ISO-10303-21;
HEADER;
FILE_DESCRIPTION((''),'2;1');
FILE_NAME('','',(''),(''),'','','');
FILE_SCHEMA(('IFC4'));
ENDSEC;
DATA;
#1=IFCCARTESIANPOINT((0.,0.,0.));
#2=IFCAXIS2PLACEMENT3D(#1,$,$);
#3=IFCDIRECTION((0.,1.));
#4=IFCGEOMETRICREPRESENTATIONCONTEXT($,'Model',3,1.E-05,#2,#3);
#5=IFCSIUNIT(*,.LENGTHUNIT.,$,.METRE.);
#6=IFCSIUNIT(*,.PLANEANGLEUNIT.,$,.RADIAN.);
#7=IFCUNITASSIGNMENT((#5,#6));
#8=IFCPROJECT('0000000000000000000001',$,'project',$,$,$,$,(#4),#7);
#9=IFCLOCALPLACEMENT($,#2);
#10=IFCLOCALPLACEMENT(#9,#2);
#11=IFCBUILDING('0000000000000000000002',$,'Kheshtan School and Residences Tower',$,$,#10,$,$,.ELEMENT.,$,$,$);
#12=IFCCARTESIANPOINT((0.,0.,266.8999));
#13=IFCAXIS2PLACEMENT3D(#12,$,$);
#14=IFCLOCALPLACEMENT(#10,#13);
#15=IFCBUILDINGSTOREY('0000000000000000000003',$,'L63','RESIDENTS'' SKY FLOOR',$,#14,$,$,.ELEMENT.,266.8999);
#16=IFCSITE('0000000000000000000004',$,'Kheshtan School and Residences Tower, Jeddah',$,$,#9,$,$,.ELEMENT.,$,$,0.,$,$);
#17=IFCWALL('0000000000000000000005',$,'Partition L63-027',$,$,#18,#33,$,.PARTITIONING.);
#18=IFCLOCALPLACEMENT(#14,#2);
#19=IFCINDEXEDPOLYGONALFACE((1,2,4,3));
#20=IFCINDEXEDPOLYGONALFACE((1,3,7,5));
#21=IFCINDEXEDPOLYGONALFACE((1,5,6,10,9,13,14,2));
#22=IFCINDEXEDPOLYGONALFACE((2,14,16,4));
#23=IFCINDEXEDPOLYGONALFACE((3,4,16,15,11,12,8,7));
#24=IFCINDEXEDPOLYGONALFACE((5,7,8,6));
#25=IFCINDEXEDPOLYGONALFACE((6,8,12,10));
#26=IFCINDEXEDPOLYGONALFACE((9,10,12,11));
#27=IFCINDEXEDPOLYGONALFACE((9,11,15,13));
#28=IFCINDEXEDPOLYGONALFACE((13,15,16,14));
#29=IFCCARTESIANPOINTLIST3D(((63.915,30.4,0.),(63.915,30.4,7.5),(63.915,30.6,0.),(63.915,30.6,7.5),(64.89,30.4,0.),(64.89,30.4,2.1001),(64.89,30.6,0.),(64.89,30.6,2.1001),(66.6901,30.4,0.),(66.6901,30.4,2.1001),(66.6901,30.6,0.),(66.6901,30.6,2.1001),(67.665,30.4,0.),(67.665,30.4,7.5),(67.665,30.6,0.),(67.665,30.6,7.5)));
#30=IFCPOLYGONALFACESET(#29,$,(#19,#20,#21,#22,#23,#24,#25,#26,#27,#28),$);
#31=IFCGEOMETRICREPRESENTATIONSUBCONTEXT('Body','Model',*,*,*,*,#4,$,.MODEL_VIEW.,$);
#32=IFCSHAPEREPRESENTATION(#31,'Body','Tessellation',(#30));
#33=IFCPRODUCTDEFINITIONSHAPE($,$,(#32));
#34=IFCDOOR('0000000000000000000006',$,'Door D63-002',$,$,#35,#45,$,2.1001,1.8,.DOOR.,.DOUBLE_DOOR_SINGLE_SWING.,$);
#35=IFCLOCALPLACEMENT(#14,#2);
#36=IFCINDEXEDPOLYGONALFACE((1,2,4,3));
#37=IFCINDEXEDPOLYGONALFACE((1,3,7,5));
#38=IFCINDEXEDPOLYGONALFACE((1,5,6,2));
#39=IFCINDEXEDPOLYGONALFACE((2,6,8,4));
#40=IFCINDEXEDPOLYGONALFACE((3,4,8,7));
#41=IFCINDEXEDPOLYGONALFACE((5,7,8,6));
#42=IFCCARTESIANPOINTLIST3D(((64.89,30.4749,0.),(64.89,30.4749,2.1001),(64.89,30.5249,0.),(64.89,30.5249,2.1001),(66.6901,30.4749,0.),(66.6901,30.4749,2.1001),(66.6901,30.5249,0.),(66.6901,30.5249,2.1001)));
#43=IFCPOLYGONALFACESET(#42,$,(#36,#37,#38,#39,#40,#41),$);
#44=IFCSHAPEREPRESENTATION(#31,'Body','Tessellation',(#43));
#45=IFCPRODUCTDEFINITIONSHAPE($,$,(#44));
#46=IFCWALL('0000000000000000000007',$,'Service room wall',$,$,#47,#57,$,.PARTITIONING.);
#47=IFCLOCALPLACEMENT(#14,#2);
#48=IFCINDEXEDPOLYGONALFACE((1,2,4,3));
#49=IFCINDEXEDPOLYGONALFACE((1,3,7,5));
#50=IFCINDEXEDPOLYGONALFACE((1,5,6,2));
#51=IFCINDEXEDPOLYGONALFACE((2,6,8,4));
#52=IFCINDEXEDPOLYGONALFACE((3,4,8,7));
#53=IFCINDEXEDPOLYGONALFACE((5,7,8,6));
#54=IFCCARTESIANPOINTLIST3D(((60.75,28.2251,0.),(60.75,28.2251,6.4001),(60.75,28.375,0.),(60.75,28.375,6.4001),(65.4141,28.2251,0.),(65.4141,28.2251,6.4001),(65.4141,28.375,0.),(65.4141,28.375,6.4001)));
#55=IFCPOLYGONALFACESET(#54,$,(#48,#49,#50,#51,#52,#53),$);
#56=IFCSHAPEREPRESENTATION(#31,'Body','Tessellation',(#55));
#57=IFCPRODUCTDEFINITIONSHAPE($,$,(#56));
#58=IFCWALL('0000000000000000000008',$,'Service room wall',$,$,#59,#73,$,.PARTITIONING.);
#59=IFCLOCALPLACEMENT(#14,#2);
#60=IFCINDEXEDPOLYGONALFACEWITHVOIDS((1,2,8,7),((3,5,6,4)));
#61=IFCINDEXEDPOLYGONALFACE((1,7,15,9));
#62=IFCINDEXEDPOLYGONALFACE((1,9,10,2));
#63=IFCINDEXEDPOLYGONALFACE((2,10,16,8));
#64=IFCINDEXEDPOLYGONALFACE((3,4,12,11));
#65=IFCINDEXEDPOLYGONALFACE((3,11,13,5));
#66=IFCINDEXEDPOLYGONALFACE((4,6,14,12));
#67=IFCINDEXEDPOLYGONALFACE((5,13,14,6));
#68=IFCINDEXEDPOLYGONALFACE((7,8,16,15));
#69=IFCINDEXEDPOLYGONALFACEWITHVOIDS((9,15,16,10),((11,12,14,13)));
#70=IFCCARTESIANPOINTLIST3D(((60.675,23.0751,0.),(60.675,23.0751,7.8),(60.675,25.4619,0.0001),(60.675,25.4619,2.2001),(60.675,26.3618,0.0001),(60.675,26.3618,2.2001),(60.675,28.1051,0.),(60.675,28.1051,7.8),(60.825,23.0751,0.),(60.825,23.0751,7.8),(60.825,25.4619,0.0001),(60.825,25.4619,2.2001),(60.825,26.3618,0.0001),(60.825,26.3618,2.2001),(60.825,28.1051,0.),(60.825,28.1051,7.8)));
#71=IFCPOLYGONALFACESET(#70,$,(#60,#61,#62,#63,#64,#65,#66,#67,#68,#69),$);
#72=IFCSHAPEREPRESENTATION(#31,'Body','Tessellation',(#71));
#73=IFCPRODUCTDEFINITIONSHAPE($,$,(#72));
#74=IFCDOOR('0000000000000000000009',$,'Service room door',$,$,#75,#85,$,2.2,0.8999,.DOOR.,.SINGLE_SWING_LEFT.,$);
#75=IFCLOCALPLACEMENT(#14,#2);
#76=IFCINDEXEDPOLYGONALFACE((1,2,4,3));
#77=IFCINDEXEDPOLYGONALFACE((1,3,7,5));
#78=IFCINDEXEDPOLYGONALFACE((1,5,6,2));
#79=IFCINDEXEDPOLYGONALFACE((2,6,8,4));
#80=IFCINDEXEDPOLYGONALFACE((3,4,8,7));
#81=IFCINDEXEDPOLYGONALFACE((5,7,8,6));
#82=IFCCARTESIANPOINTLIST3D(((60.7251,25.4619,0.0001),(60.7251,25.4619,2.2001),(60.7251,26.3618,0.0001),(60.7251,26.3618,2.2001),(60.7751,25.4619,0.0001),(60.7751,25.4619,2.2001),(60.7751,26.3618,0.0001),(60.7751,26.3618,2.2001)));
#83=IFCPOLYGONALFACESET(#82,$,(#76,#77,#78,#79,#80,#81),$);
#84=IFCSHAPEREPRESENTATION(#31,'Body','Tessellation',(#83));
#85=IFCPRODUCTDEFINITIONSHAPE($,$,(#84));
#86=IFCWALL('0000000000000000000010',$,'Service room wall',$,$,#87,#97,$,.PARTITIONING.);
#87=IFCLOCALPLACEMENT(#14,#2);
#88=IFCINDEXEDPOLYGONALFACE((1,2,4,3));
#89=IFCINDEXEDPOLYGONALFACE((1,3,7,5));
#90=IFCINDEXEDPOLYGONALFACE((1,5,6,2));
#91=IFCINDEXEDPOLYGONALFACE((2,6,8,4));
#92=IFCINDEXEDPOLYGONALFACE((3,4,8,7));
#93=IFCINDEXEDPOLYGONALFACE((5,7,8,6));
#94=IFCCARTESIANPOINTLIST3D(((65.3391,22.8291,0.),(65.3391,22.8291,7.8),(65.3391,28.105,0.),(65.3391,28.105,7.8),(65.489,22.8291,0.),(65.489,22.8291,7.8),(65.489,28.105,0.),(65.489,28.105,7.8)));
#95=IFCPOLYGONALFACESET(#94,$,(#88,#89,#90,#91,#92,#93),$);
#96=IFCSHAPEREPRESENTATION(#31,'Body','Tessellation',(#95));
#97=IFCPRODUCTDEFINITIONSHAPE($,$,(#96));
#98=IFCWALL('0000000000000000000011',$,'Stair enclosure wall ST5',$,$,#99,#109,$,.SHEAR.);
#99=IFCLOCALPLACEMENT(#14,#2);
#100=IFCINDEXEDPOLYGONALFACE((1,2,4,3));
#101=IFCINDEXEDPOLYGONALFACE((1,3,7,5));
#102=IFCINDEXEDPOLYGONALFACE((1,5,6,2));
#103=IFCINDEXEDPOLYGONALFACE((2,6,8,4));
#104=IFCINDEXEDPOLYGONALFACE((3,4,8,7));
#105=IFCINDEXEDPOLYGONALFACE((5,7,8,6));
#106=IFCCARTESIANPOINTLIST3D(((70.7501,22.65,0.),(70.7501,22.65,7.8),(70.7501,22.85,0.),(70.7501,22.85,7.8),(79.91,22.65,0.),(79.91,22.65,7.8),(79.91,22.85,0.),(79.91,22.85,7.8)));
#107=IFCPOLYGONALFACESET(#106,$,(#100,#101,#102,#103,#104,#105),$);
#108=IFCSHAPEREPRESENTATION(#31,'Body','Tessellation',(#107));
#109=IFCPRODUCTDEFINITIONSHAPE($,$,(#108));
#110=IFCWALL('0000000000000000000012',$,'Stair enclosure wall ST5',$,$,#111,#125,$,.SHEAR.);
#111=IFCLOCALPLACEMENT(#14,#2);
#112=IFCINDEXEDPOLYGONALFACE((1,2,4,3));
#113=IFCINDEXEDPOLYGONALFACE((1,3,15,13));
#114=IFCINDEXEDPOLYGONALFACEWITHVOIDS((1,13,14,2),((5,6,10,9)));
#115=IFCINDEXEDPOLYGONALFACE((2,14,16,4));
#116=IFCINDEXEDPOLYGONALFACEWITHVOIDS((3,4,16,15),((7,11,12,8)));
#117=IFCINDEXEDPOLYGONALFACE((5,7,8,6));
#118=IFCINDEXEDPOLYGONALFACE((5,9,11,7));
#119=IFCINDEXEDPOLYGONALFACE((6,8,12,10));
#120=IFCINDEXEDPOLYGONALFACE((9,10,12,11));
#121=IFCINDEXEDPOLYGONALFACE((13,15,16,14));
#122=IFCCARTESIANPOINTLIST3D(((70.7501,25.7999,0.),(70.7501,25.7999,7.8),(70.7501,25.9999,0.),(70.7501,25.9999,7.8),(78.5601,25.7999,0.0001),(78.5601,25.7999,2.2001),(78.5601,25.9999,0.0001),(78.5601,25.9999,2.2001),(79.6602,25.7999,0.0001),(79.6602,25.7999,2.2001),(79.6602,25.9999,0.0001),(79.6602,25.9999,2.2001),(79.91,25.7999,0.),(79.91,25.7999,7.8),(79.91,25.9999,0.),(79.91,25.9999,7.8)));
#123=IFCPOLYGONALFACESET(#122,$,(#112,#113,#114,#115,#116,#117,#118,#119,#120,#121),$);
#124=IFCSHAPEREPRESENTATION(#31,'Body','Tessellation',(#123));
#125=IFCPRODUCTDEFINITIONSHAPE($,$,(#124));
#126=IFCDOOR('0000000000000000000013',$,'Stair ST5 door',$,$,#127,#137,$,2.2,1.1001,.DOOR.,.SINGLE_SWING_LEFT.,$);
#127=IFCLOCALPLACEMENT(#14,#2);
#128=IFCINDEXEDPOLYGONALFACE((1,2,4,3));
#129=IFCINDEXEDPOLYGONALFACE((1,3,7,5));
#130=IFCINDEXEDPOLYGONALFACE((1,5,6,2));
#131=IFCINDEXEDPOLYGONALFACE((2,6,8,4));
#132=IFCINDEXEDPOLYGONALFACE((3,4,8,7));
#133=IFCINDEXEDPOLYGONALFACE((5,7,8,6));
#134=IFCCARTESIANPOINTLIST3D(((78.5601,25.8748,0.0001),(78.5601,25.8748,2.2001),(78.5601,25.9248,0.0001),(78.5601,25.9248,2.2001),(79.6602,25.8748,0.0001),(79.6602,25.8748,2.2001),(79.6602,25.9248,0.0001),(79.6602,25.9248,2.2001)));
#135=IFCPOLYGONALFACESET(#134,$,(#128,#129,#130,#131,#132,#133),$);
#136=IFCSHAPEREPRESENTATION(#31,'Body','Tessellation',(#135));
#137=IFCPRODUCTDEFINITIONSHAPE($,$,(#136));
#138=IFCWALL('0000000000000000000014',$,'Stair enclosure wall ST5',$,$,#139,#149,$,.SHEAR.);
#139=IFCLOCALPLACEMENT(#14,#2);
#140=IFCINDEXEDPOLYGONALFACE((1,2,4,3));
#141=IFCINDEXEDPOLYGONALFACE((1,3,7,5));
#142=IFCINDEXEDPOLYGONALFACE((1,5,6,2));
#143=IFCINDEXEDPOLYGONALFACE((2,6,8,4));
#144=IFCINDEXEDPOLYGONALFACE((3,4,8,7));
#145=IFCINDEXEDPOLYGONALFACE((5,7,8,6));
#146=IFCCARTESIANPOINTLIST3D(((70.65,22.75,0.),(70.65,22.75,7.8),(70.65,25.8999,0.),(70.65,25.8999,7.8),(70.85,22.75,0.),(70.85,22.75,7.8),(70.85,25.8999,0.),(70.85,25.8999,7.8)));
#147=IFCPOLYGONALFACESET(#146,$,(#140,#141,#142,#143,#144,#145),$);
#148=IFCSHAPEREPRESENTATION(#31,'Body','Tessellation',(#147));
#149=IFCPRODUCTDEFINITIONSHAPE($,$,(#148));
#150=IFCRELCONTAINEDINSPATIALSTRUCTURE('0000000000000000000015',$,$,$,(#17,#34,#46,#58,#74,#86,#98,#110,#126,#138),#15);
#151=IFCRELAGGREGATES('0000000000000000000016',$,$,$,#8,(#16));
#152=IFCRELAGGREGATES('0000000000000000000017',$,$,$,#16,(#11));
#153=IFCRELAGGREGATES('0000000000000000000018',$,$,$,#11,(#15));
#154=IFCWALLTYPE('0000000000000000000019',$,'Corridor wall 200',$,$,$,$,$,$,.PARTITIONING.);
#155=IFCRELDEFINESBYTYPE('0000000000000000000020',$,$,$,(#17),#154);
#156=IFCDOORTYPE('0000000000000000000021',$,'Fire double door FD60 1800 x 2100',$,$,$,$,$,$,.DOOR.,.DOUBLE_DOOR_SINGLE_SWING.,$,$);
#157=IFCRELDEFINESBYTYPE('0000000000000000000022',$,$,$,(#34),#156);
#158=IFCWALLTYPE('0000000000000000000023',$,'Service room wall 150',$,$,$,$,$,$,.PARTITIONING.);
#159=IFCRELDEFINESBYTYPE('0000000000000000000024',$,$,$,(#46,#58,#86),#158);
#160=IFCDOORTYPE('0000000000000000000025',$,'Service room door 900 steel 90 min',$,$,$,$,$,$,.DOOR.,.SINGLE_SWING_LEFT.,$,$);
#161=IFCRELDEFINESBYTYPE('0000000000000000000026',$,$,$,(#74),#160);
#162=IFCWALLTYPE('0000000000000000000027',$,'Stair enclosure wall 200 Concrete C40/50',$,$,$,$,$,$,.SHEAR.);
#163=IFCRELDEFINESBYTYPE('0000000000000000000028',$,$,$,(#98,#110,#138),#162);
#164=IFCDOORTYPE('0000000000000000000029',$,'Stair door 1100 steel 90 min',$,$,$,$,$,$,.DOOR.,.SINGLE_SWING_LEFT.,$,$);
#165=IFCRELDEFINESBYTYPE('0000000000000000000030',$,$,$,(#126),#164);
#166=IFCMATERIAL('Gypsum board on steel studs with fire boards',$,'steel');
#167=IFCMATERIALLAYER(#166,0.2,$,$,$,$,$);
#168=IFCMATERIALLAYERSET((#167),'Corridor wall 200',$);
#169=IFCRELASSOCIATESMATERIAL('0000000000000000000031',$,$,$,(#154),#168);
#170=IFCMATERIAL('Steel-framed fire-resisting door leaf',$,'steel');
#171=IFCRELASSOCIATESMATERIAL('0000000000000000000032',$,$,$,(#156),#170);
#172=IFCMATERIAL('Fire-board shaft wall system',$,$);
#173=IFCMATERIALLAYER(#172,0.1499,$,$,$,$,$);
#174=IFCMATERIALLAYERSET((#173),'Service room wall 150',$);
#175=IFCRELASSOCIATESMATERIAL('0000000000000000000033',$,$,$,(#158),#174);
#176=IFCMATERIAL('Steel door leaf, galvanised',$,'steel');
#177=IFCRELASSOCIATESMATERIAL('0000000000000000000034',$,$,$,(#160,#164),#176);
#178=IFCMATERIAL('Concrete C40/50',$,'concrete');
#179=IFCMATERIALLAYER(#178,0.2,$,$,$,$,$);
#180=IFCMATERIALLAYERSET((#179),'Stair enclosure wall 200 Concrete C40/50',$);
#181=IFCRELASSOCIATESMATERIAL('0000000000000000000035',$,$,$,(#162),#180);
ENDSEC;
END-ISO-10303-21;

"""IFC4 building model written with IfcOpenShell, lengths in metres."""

from ifc_helpers import new_model, si_unit, direction, frame, frame_2d, origin, place, context, subcontext, project, spatial, rectangle, extrude, source, transform, mapped, material, layer, layer_set, type_object, element, fill, save


model = new_model("IFC4")

# Units and contexts
model_context = context("Model", 3, precision=1e-05, world=origin(), true_north=direction((0.0, 1.0)))
body_context = subcontext(model_context, "Body", "Model", "MODEL_VIEW")
ifc_project = project(units=[si_unit("LENGTHUNIT", "METRE"), si_unit("PLANEANGLEUNIT", "RADIAN")], contexts=[model_context])

# Site, building, storey
site_placement = place(None, origin())
site = spatial("IfcSite", under=ifc_project, at=site_placement, Name="Kheshtan School and Residences Tower, Jeddah", CompositionType="ELEMENT", RefElevation=0.0)
building_placement = place(site_placement, origin())
building = spatial("IfcBuilding", under=site, at=building_placement, Name="Kheshtan School and Residences Tower", CompositionType="ELEMENT")
storey_placement = place(building_placement, frame((0.0, 0.0, 266.8999)))
storey = spatial("IfcBuildingStorey", under=building, at=storey_placement, Name="L63", Description="RESIDENTS' SKY FLOOR", CompositionType="ELEMENT", Elevation=266.8999)

# Wall, opening, door
ifc_material_1 = material(Name="Gypsum board on steel studs with fire boards", Category="steel")
ifc_layer_1 = layer(ifc_material_1, 0.2)
ifc_layer_set_1 = layer_set([ifc_layer_1], Name="Corridor wall 200")
wall_type_1 = type_object("IfcWallType", Name="Corridor wall 200", PredefinedType="PARTITIONING", material=ifc_layer_set_1)
wall_1_placement = place(storey_placement, frame((63.915, 30.5, 0.0), z_axis=(0.0, 0.0, 1.0), x_axis=(1.0, 0.0, 0.0)))
wall_1 = element("IfcWall", 1, at=wall_1_placement, inside=storey, type_object=wall_type_1, Name="Partition L63-027", PredefinedType="PARTITIONING", context=body_context, shape_type="SweptSolid", body=[
    extrude(rectangle(XDim=3.75, YDim=0.2, at=frame_2d((1.875, 0.0))), origin(), (0.0, 0.0, 1.0), 7.5),
])
opening_1_placement = place(wall_1_placement, frame((0.9751, 0.0, 0.0)))
opening_1 = element("IfcOpeningElement", 2, at=opening_1_placement, cuts=wall_1, PredefinedType="OPENING", context=body_context, shape_type="SweptSolid", body=[
    extrude(rectangle(XDim=1.8, YDim=2.1001, at=frame_2d((0.8999, 1.05))), frame((0.0, 0.1099, 0.0), z_axis=(0.0, -1.0, 0.0), x_axis=(1.0, 0.0, 0.0)), (0.0, 0.0, 1.0), 0.22),
])
ifc_material_2 = material(Name="Steel-framed fire-resisting door leaf", Category="steel")
door_type_1 = type_object("IfcDoorType", Name="Fire double door FD60 1800 x 2100", OperationType="DOUBLE_DOOR_SINGLE_SWING", PredefinedType="DOOR", material=ifc_material_2)
shared_shape_1 = source(origin(), body_context, "Body", "SweptSolid", [
    extrude(rectangle(XDim=1.8, YDim=2.1001, at=frame_2d((0.8999, 1.05))), frame((0.0, 0.0249, 0.0), z_axis=(0.0, -1.0, 0.0), x_axis=(1.0, 0.0, 0.0)), (0.0, 0.0, 1.0), 0.05),
])
door_1_placement = place(opening_1_placement, origin())
door_1 = element("IfcDoor", 3, at=door_1_placement, inside=storey, type_object=door_type_1, Name="Door D63-002", OperationType="DOUBLE_DOOR_SINGLE_SWING", OverallHeight=2.1001, OverallWidth=1.8, PredefinedType="DOOR", context=body_context, shape_type="MappedRepresentation", body=[
    mapped(shared_shape_1, transform((0.0, 0.0, 0.0), x_axis=(1.0, 0.0, 0.0), y_axis=(0.0, 1.0, 0.0), z_axis=(0.0, 0.0, 1.0), scale=1.0)),
])
fill(opening_1, door_1)

# Wall
ifc_material_3 = material(Name="Fire-board shaft wall system")
ifc_layer_2 = layer(ifc_material_3, 0.1499)
ifc_layer_set_2 = layer_set([ifc_layer_2], Name="Service room wall 150")
wall_type_2 = type_object("IfcWallType", Name="Service room wall 150", PredefinedType="PARTITIONING", material=ifc_layer_set_2)
wall_2_placement = place(storey_placement, frame((60.75, 28.3, 0.0), z_axis=(0.0, 0.0, 1.0), x_axis=(1.0, 0.0, 0.0)))
element("IfcWall", 4, at=wall_2_placement, inside=storey, type_object=wall_type_2, Name="Service room wall", PredefinedType="PARTITIONING", context=body_context, shape_type="SweptSolid", body=[
    extrude(rectangle(XDim=4.6641, YDim=0.1499, at=frame_2d((2.332, 0.0))), origin(), (0.0, 0.0, 1.0), 6.4001),
])

# Wall, opening, door
wall_3_placement = place(storey_placement, frame((60.75, 23.075, 0.0), z_axis=(0.0, 0.0, 1.0), x_axis=(0.0, 1.0, 0.0)))
wall_3 = element("IfcWall", 5, at=wall_3_placement, inside=storey, type_object=wall_type_2, Name="Service room wall", PredefinedType="PARTITIONING", context=body_context, shape_type="SweptSolid", body=[
    extrude(rectangle(XDim=5.03, YDim=0.1499, at=frame_2d((2.5151, 0.0))), origin(), (0.0, 0.0, 1.0), 7.8),
])
opening_2_placement = place(wall_3_placement, frame((2.387, 0.0, 0.0)))
opening_2 = element("IfcOpeningElement", 6, at=opening_2_placement, cuts=wall_3, PredefinedType="OPENING", context=body_context, shape_type="SweptSolid", body=[
    extrude(rectangle(XDim=0.8999, YDim=2.2, at=frame_2d((0.45, 1.1001))), frame((0.0, 0.085, 0.0), z_axis=(0.0, -1.0, 0.0), x_axis=(1.0, 0.0, 0.0)), (0.0, 0.0, 1.0), 0.1699),
])
ifc_material_4 = material(Name="Steel door leaf, galvanised", Category="steel")
door_type_2 = type_object("IfcDoorType", Name="Service room door 900 steel 90 min", OperationType="SINGLE_SWING_LEFT", PredefinedType="DOOR", material=ifc_material_4)
shared_shape_2 = source(origin(), body_context, "Body", "SweptSolid", [
    extrude(rectangle(XDim=0.8999, YDim=2.2, at=frame_2d((0.45, 1.1001))), frame((0.0, 0.0249, 0.0), z_axis=(0.0, -1.0, 0.0), x_axis=(1.0, 0.0, 0.0)), (0.0, 0.0, 1.0), 0.05),
])
door_2_placement = place(opening_2_placement, origin())
door_2 = element("IfcDoor", 7, at=door_2_placement, inside=storey, type_object=door_type_2, Name="Service room door", OperationType="SINGLE_SWING_LEFT", OverallHeight=2.2, OverallWidth=0.8999, PredefinedType="DOOR", context=body_context, shape_type="MappedRepresentation", body=[
    mapped(shared_shape_2, transform((0.0, 0.0, 0.0), x_axis=(1.0, 0.0, 0.0), y_axis=(0.0, 1.0, 0.0), z_axis=(0.0, 0.0, 1.0), scale=1.0)),
])
fill(opening_2, door_2)

# Walls
wall_4_placement = place(storey_placement, frame((65.4141, 22.8291, 0.0), z_axis=(0.0, 0.0, 1.0), x_axis=(0.0, 1.0, 0.0)))
element("IfcWall", 8, at=wall_4_placement, inside=storey, type_object=wall_type_2, Name="Service room wall", PredefinedType="PARTITIONING", context=body_context, shape_type="SweptSolid", body=[
    extrude(rectangle(XDim=5.2759, YDim=0.1499, at=frame_2d((2.6379, 0.0))), origin(), (0.0, 0.0, 1.0), 7.8),
])
ifc_material_5 = material(Name="Concrete C40/50", Category="concrete")
ifc_layer_3 = layer(ifc_material_5, 0.2)
ifc_layer_set_3 = layer_set([ifc_layer_3], Name="Stair enclosure wall 200 Concrete C40/50")
wall_type_3 = type_object("IfcWallType", Name="Stair enclosure wall 200 Concrete C40/50", PredefinedType="SHEAR", material=ifc_layer_set_3)
wall_5_placement = place(storey_placement, frame((70.75, 22.75, 0.0), z_axis=(0.0, 0.0, 1.0), x_axis=(1.0, 0.0, 0.0)))
element("IfcWall", 9, at=wall_5_placement, inside=storey, type_object=wall_type_3, Name="Stair enclosure wall ST5", PredefinedType="SHEAR", context=body_context, shape_type="SweptSolid", body=[
    extrude(rectangle(XDim=9.1599, YDim=0.2, at=frame_2d((4.5801, 0.0))), origin(), (0.0, 0.0, 1.0), 7.8),
])

# Wall, opening, door
wall_6_placement = place(storey_placement, frame((70.75, 25.8999, 0.0), z_axis=(0.0, 0.0, 1.0), x_axis=(1.0, 0.0, 0.0)))
wall_6 = element("IfcWall", 10, at=wall_6_placement, inside=storey, type_object=wall_type_3, Name="Stair enclosure wall ST5", PredefinedType="SHEAR", context=body_context, shape_type="SweptSolid", body=[
    extrude(rectangle(XDim=9.1599, YDim=0.2, at=frame_2d((4.5801, 0.0))), origin(), (0.0, 0.0, 1.0), 7.8),
])
opening_3_placement = place(wall_6_placement, frame((7.8101, 0.0, 0.0)))
opening_3 = element("IfcOpeningElement", 11, at=opening_3_placement, cuts=wall_6, PredefinedType="OPENING", context=body_context, shape_type="SweptSolid", body=[
    extrude(rectangle(XDim=1.1001, YDim=2.2, at=frame_2d((0.55, 1.1001))), frame((0.0, 0.1099, 0.0), z_axis=(0.0, -1.0, 0.0), x_axis=(1.0, 0.0, 0.0)), (0.0, 0.0, 1.0), 0.22),
])
door_type_3 = type_object("IfcDoorType", Name="Stair door 1100 steel 90 min", OperationType="SINGLE_SWING_LEFT", PredefinedType="DOOR", material=ifc_material_4)
shared_shape_3 = source(origin(), body_context, "Body", "SweptSolid", [
    extrude(rectangle(XDim=1.1001, YDim=2.2, at=frame_2d((0.55, 1.1001))), frame((0.0, 0.0249, 0.0), z_axis=(0.0, -1.0, 0.0), x_axis=(1.0, 0.0, 0.0)), (0.0, 0.0, 1.0), 0.05),
])
door_3_placement = place(opening_3_placement, origin())
door_3 = element("IfcDoor", 12, at=door_3_placement, inside=storey, type_object=door_type_3, Name="Stair ST5 door", OperationType="SINGLE_SWING_LEFT", OverallHeight=2.2, OverallWidth=1.1001, PredefinedType="DOOR", context=body_context, shape_type="MappedRepresentation", body=[
    mapped(shared_shape_3, transform((0.0, 0.0, 0.0), x_axis=(1.0, 0.0, 0.0), y_axis=(0.0, 1.0, 0.0), z_axis=(0.0, 0.0, 1.0), scale=1.0)),
])
fill(opening_3, door_3)

# Wall
wall_7_placement = place(storey_placement, frame((70.75, 22.75, 0.0), z_axis=(0.0, 0.0, 1.0), x_axis=(0.0, 1.0, 0.0)))
element("IfcWall", 13, at=wall_7_placement, inside=storey, type_object=wall_type_3, Name="Stair enclosure wall ST5", PredefinedType="SHEAR", context=body_context, shape_type="SweptSolid", body=[
    extrude(rectangle(XDim=3.1499, YDim=0.2, at=frame_2d((1.575, 0.0))), origin(), (0.0, 0.0, 1.0), 7.8),
])

save(model, "model.ifc")
